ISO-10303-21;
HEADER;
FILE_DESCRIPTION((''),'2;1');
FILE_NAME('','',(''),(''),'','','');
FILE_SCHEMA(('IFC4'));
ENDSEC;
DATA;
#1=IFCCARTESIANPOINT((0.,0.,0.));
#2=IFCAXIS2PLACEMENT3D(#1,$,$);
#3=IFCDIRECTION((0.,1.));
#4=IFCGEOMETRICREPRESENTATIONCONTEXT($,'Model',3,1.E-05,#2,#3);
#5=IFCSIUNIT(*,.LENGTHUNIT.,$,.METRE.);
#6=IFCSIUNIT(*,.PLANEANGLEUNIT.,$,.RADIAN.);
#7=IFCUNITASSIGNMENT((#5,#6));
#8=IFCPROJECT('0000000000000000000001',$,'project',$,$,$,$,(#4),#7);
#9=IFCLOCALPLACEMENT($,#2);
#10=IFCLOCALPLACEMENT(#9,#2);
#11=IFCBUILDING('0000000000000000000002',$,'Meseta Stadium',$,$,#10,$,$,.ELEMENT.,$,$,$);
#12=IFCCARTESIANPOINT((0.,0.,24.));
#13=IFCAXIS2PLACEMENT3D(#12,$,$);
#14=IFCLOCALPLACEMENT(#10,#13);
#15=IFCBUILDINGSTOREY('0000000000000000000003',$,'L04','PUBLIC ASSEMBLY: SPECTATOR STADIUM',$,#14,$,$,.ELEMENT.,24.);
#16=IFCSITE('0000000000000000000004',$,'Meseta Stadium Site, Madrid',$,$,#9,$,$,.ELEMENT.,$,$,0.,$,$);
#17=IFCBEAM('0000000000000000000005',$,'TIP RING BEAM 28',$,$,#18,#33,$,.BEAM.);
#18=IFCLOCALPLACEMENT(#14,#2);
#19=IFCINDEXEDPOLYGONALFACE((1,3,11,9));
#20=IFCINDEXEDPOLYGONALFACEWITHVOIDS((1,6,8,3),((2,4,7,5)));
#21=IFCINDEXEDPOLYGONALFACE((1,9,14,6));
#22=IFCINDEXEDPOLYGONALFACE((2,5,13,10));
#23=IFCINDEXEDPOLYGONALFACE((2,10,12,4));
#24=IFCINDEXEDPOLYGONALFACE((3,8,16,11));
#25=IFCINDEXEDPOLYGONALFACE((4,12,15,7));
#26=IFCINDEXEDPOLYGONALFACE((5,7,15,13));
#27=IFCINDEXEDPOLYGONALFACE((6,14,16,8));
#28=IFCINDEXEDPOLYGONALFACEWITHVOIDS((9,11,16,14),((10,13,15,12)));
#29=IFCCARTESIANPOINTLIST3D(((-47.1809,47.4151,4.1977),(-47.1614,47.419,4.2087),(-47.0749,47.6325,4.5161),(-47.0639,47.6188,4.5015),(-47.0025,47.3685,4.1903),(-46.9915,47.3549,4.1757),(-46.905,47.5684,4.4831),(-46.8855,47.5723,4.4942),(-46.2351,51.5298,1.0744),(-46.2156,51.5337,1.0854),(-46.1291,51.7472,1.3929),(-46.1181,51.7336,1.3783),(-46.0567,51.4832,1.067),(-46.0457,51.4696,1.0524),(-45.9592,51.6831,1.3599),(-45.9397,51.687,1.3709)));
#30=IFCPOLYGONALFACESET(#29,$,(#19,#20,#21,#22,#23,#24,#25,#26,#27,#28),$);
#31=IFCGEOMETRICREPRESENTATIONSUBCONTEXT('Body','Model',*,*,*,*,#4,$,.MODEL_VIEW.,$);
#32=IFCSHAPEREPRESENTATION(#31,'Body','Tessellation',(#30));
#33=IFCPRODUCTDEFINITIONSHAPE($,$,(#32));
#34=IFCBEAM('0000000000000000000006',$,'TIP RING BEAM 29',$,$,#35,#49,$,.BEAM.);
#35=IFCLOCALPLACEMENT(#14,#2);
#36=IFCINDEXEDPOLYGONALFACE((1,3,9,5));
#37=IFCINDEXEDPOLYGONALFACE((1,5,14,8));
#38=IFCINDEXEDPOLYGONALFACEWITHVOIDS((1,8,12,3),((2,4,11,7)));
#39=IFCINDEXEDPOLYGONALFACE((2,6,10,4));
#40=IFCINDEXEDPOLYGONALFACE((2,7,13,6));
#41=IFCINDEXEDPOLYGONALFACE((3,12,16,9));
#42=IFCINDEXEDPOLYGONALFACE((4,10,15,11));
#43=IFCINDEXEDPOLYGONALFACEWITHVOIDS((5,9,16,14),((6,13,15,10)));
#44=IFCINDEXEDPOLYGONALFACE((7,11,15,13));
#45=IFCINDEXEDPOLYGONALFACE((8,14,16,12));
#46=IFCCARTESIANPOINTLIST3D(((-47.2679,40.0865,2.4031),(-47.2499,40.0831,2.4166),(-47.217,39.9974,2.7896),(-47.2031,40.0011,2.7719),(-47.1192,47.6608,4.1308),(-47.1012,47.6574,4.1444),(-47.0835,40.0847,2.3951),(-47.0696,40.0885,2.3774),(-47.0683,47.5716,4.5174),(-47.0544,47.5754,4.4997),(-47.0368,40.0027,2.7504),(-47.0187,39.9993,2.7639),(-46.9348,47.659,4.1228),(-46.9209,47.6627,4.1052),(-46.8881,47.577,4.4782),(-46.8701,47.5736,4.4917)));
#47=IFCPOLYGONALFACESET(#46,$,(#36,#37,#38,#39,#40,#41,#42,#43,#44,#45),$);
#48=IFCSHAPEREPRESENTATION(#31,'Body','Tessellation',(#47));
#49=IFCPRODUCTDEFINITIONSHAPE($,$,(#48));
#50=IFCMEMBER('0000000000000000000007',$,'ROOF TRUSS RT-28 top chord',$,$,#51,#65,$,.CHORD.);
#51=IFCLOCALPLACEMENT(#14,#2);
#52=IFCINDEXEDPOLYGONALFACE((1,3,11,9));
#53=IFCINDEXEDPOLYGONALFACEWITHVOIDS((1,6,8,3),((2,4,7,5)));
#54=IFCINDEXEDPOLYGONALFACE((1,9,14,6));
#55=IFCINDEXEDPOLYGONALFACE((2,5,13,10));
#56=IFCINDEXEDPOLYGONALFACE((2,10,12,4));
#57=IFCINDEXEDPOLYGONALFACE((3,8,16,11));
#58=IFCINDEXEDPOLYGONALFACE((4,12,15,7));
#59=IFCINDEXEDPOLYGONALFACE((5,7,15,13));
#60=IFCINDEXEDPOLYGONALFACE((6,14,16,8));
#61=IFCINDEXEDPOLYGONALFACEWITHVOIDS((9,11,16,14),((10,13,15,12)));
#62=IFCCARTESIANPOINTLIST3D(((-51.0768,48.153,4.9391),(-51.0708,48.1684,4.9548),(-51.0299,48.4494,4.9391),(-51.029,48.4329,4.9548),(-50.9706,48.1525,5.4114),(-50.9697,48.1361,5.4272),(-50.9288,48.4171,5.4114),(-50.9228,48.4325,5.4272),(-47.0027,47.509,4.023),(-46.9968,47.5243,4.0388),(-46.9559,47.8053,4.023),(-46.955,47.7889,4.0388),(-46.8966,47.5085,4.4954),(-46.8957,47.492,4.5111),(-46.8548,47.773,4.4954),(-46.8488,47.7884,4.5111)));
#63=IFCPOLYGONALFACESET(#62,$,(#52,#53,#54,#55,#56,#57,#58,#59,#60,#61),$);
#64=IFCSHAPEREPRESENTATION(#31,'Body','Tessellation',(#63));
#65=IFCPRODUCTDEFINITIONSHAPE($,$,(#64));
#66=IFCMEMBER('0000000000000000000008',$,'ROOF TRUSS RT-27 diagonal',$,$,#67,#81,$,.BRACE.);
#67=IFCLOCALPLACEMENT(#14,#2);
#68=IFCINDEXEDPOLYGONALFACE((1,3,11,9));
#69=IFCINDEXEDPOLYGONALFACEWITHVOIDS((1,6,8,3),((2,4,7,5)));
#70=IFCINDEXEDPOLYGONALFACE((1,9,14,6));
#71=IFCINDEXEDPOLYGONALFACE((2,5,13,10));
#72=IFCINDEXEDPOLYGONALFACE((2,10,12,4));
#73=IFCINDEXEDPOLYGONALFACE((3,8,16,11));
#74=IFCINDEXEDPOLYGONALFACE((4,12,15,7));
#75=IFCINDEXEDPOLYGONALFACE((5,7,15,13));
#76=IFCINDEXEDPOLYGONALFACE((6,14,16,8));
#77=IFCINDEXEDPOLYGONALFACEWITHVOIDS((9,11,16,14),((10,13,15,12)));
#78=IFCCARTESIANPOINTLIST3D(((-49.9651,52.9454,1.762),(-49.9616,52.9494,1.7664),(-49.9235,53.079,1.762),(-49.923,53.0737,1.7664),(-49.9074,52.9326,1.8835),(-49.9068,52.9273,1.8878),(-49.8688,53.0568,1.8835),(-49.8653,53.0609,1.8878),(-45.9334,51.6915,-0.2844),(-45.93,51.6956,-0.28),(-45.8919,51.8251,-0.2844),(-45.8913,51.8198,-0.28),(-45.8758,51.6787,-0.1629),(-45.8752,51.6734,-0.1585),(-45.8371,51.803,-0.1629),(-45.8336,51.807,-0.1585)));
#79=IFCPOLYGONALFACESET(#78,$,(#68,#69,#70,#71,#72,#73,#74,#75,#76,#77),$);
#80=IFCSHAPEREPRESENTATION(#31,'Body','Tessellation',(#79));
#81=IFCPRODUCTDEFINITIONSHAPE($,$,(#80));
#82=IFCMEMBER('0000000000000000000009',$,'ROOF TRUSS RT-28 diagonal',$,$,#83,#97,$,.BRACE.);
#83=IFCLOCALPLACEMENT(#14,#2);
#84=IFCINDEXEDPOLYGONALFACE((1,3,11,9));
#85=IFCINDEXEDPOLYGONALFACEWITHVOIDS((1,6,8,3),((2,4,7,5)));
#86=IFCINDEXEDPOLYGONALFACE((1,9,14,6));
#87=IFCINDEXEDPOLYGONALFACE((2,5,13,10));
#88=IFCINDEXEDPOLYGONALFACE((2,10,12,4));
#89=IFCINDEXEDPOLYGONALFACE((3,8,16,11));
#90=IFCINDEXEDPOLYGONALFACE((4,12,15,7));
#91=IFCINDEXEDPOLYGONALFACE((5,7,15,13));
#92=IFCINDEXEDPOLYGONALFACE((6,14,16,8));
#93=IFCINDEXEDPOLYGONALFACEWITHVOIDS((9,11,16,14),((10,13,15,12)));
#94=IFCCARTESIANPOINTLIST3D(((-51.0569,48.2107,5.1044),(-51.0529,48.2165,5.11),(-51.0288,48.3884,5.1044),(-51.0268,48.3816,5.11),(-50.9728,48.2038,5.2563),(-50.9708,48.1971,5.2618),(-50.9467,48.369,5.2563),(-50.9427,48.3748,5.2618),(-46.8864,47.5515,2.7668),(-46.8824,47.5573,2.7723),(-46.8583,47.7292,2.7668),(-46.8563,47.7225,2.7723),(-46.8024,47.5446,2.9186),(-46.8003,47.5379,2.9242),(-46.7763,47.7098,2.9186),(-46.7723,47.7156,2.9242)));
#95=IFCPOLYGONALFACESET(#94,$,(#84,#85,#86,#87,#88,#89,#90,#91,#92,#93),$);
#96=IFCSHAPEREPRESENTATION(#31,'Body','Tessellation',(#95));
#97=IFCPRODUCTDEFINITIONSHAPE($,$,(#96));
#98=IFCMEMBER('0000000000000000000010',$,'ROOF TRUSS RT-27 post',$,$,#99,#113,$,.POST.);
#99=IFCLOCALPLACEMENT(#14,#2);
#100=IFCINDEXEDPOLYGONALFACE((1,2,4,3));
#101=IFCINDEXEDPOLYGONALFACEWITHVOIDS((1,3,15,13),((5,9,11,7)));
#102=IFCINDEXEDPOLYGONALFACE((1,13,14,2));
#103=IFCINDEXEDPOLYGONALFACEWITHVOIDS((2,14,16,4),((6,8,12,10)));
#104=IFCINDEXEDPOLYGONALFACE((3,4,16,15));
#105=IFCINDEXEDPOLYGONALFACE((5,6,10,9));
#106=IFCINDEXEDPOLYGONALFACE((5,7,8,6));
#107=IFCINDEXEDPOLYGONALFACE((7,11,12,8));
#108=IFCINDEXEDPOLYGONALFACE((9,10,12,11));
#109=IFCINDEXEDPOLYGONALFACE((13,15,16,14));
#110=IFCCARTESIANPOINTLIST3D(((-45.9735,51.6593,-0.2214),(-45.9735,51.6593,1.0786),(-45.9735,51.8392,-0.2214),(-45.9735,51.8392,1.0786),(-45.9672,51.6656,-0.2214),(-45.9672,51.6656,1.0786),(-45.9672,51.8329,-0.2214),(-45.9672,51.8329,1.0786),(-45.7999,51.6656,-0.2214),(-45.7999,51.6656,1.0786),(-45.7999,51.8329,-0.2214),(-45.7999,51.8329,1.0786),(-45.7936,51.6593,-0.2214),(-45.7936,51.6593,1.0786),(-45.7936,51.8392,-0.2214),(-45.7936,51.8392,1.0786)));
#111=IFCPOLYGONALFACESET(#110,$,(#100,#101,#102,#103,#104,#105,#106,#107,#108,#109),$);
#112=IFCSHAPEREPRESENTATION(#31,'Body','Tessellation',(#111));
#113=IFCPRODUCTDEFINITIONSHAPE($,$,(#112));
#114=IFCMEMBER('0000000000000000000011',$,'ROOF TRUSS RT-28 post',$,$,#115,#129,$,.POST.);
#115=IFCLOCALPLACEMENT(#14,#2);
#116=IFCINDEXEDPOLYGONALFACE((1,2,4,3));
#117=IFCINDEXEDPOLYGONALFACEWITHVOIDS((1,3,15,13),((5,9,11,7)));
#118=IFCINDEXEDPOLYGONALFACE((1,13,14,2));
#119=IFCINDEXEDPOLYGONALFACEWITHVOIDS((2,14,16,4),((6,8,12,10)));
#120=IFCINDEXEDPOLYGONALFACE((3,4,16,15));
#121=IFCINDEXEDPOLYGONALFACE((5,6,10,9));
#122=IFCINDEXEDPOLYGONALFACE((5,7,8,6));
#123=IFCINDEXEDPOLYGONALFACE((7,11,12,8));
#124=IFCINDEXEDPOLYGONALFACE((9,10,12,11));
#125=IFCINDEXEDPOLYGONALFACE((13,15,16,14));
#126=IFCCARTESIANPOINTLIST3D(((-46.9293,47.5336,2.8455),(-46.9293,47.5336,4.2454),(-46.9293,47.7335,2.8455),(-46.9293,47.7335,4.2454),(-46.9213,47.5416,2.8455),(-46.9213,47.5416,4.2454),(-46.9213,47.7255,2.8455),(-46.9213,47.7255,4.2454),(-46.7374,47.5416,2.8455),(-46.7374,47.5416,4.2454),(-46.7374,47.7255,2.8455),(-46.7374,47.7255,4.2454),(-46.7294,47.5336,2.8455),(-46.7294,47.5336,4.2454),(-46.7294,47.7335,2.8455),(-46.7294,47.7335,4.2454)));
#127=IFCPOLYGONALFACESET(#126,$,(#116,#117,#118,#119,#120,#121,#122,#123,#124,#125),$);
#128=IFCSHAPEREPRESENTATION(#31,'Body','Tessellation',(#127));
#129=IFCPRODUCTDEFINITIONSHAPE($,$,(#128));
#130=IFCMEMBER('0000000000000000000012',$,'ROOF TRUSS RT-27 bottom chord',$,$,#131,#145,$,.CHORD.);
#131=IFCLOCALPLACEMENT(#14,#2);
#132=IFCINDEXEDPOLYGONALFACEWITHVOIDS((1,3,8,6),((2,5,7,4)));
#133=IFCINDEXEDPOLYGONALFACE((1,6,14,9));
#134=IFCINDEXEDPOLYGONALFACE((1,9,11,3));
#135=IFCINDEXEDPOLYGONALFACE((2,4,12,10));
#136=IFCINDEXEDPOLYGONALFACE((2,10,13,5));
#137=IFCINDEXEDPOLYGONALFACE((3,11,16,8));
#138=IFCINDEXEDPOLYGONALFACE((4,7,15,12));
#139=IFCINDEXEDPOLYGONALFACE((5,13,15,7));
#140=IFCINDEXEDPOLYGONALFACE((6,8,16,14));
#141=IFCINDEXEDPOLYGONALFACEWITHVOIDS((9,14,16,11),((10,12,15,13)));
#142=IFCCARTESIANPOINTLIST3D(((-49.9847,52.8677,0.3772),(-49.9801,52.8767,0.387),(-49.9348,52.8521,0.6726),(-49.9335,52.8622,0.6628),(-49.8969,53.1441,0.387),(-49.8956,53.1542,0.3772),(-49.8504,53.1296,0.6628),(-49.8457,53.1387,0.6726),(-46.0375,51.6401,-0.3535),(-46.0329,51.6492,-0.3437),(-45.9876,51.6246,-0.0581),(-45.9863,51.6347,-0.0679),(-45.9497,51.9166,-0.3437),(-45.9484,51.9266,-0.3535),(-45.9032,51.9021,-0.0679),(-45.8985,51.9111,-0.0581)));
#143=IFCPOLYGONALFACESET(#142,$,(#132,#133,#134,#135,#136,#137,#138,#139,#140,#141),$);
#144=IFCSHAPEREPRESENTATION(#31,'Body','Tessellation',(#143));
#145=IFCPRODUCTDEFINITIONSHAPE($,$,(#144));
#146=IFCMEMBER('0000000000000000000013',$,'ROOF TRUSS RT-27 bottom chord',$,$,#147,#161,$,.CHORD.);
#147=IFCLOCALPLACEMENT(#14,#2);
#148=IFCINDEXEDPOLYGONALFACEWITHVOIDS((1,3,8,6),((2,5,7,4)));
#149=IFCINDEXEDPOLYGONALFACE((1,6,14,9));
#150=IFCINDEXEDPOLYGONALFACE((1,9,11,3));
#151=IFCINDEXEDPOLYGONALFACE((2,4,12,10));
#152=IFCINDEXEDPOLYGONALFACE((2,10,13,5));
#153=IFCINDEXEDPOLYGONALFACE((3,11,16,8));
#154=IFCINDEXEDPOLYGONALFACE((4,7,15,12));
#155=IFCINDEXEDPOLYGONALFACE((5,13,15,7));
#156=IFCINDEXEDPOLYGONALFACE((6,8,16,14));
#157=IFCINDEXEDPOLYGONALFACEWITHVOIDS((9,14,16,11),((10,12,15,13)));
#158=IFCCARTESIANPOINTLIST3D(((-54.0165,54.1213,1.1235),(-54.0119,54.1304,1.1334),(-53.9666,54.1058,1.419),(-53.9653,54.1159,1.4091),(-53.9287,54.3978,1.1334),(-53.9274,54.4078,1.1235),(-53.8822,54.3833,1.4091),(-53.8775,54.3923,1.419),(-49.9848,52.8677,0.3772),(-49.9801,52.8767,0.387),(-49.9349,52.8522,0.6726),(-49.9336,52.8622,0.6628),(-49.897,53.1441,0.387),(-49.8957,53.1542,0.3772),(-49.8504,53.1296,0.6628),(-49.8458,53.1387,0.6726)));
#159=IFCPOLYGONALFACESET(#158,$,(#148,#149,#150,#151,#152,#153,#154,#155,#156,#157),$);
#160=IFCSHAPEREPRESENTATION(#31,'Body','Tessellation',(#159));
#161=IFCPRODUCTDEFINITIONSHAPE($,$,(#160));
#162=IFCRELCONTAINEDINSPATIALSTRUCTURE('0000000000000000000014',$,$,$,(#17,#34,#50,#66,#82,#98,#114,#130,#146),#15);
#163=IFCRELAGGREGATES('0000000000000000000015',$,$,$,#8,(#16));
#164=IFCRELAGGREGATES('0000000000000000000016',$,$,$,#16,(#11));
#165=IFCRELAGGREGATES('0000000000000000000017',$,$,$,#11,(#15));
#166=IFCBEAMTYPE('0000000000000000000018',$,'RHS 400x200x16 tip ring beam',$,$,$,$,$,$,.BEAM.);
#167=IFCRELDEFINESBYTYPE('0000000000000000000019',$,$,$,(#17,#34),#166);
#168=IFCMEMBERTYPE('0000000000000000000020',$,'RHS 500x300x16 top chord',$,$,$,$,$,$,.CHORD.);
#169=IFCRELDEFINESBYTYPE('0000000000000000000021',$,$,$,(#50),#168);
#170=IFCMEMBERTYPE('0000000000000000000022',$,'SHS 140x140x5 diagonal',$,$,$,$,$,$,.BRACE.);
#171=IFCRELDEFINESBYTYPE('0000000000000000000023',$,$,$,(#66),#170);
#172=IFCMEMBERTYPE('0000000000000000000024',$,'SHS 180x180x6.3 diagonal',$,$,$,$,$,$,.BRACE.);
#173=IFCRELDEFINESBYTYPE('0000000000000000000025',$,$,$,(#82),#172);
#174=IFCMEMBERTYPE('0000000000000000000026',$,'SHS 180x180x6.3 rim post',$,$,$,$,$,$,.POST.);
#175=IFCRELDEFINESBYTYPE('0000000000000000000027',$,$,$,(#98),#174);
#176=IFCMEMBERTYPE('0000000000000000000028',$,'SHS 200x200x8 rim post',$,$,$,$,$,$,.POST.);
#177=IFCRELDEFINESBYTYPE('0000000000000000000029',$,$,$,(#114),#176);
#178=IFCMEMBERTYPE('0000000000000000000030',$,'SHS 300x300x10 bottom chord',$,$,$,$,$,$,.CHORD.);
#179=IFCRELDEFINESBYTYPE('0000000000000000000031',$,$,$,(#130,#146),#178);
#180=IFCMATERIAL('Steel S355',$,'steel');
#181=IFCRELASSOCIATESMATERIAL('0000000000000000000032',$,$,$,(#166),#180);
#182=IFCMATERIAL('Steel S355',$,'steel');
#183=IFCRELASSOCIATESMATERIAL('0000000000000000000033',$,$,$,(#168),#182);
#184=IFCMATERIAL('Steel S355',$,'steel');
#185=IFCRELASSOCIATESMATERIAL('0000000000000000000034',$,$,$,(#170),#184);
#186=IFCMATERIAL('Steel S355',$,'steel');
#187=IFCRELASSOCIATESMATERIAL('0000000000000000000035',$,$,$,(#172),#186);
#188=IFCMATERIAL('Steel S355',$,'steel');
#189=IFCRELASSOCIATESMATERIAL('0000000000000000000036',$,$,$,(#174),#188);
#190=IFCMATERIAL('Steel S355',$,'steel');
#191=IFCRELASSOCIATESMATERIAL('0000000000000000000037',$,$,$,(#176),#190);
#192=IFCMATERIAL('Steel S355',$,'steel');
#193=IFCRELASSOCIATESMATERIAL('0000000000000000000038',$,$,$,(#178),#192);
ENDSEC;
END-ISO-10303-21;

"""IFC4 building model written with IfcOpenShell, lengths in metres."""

from ifc_helpers import new_model, si_unit, direction, frame, origin, origin_2d, place, context, subcontext, project, spatial, hollow_rectangle, extrude, material, material_profile, profile_set, type_object, element, save


model = new_model("IFC4")

# Units and contexts
model_context = context("Model", 3, precision=1e-05, world=origin(), true_north=direction((0.0, 1.0)))
body_context = subcontext(model_context, "Body", "Model", "MODEL_VIEW")
ifc_project = project(units=[si_unit("LENGTHUNIT", "METRE"), si_unit("PLANEANGLEUNIT", "RADIAN")], contexts=[model_context])

# Site, building, storey
site_placement = place(None, origin())
site = spatial("IfcSite", under=ifc_project, at=site_placement, Name="Meseta Stadium Site, Madrid", CompositionType="ELEMENT", RefElevation=0.0)
building_placement = place(site_placement, origin())
building = spatial("IfcBuilding", under=site, at=building_placement, Name="Meseta Stadium", CompositionType="ELEMENT")
storey_placement = place(building_placement, frame((0.0, 0.0, 24.0)))
storey = spatial("IfcBuildingStorey", under=building, at=storey_placement, Name="L04", Description="PUBLIC ASSEMBLY: SPECTATOR STADIUM", CompositionType="ELEMENT", Elevation=24.0)

# Beams
ifc_material_1 = material(Name="Steel S355", Category="steel")
ifc_material_profile_1 = material_profile(ifc_material_1, hollow_rectangle(XDim=0.2, YDim=0.3999, WallThickness=0.0161, at=origin_2d()), Name="RHS 400x200x16")
ifc_profile_set_1 = profile_set([ifc_material_profile_1], Name="Steel S355")
beam_type = type_object("IfcBeamType", Name="RHS 400x200x16 tip ring beam", PredefinedType="BEAM", material=ifc_profile_set_1)
beam_1_placement = place(storey_placement, frame((-46.0874, 51.6084, 1.2227), z_axis=(-0.180093, -0.783504, 0.594717), x_axis=(0.94729, -0.30101, -0.109702)))
element("IfcBeam", 1, at=beam_1_placement, inside=storey, type_object=beam_type, Name="TIP RING BEAM 28", PredefinedType="BEAM", context=body_context, shape_type="SweptSolid", body=[
    extrude(hollow_rectangle(XDim=0.2, YDim=0.3999, WallThickness=0.0161, at=origin_2d()), origin(), (0.0, 0.0, 1.0), 5.2517),
])
beam_2_placement = place(storey_placement, frame((-46.9946, 47.6172, 4.3113), z_axis=(-0.019135, -0.974777, -0.22236), x_axis=(0.991697, 0.009782, -0.128222)))
element("IfcBeam", 2, at=beam_2_placement, inside=storey, type_object=beam_type, Name="TIP RING BEAM 29", PredefinedType="BEAM", context=body_context, shape_type="SweptSolid", body=[
    extrude(hollow_rectangle(XDim=0.2, YDim=0.3999, WallThickness=0.0161, at=origin_2d()), origin(), (0.0, 0.0, 1.0), 7.7703),
])

# Members
ifc_material_2 = material(Name="Steel S355", Category="steel")
ifc_material_profile_2 = material_profile(ifc_material_2, hollow_rectangle(XDim=0.3, YDim=0.5, WallThickness=0.0161, at=origin_2d()), Name="RHS 500x300x16")
ifc_profile_set_2 = profile_set([ifc_material_profile_2], Name="Steel S355")
member_type_1 = type_object("IfcMemberType", Name="RHS 500x300x16 top chord", PredefinedType="CHORD", material=ifc_profile_set_2)
member_1_placement = place(storey_placement, frame((-46.9258, 47.6487, 4.2671), z_axis=(-0.96424, 0.152434, 0.216805), x_axis=(-0.156148, -0.987734, 0.0)))
element("IfcMember", 3, at=member_1_placement, inside=storey, type_object=member_type_1, Name="ROOF TRUSS RT-28 top chord", PredefinedType="CHORD", context=body_context, shape_type="SweptSolid", body=[
    extrude(hollow_rectangle(XDim=0.3, YDim=0.5, WallThickness=0.0161, at=origin_2d()), origin(), (0.0, 0.0, 1.0), 4.2251),
])
ifc_material_3 = material(Name="Steel S355", Category="steel")
ifc_material_profile_3 = material_profile(ifc_material_3, hollow_rectangle(XDim=0.1399, YDim=0.1399, WallThickness=0.0049, at=origin_2d()), Name="SHS 140x140x5")
ifc_profile_set_3 = profile_set([ifc_material_profile_3], Name="Steel S355")
member_type_2 = type_object("IfcMemberType", Name="SHS 140x140x5 diagonal", PredefinedType="BRACE", material=ifc_profile_set_3)
member_2_placement = place(storey_placement, frame((-45.8835, 51.7493, -0.2214), z_axis=(-0.859279, 0.267243, 0.436144), x_axis=(-0.296978, -0.954884, 0.0)))
element("IfcMember", 4, at=member_2_placement, inside=storey, type_object=member_type_2, Name="ROOF TRUSS RT-27 diagonal", PredefinedType="BRACE", context=body_context, shape_type="SweptSolid", body=[
    extrude(hollow_rectangle(XDim=0.1399, YDim=0.1399, WallThickness=0.0049, at=origin_2d()), origin(), (0.0, 0.0, 1.0), 4.6919),
])
ifc_material_4 = material(Name="Steel S355", Category="steel")
ifc_material_profile_4 = material_profile(ifc_material_4, hollow_rectangle(XDim=0.1799, YDim=0.1799, WallThickness=0.0063, at=origin_2d()), Name="SHS 180x180x6.3")
ifc_profile_set_4 = profile_set([ifc_material_profile_4], Name="Steel S355")
member_type_3 = type_object("IfcMemberType", Name="SHS 180x180x6.3 diagonal", PredefinedType="BRACE", material=ifc_profile_set_4)
member_3_placement = place(storey_placement, frame((-46.8293, 47.6335, 2.8455), z_axis=(-0.864133, 0.136586, 0.484374), x_axis=(-0.156123, -0.987738, 0.0)))
element("IfcMember", 5, at=member_3_placement, inside=storey, type_object=member_type_3, Name="ROOF TRUSS RT-28 diagonal", PredefinedType="BRACE", context=body_context, shape_type="SweptSolid", body=[
    extrude(hollow_rectangle(XDim=0.1799, YDim=0.1799, WallThickness=0.0063, at=origin_2d()), origin(), (0.0, 0.0, 1.0), 4.8262),
])
ifc_material_5 = material(Name="Steel S355", Category="steel")
ifc_material_profile_5 = material_profile(ifc_material_5, hollow_rectangle(XDim=0.1799, YDim=0.1799, WallThickness=0.0063, at=origin_2d()), Name="SHS 180x180x6.3")
ifc_profile_set_5 = profile_set([ifc_material_profile_5], Name="Steel S355")
member_type_4 = type_object("IfcMemberType", Name="SHS 180x180x6.3 rim post", PredefinedType="POST", material=ifc_profile_set_5)
member_4_placement = place(storey_placement, frame((-45.8835, 51.7493, -0.2214), z_axis=(0.0, 0.0, 1.0), x_axis=(1.0, 0.0, 0.0)))
element("IfcMember", 6, at=member_4_placement, inside=storey, type_object=member_type_4, Name="ROOF TRUSS RT-27 post", PredefinedType="POST", context=body_context, shape_type="SweptSolid", body=[
    extrude(hollow_rectangle(XDim=0.1799, YDim=0.1799, WallThickness=0.0063, at=origin_2d()), origin(), (0.0, 0.0, 1.0), 1.3),
])
ifc_material_6 = material(Name="Steel S355", Category="steel")
ifc_material_profile_6 = material_profile(ifc_material_6, hollow_rectangle(XDim=0.2, YDim=0.2, WallThickness=0.0081, at=origin_2d()), Name="SHS 200x200x8")
ifc_profile_set_6 = profile_set([ifc_material_profile_6], Name="Steel S355")
member_type_5 = type_object("IfcMemberType", Name="SHS 200x200x8 rim post", PredefinedType="POST", material=ifc_profile_set_6)
member_5_placement = place(storey_placement, frame((-46.8293, 47.6335, 2.8455), z_axis=(0.0, 0.0, 1.0), x_axis=(1.0, 0.0, 0.0)))
element("IfcMember", 7, at=member_5_placement, inside=storey, type_object=member_type_5, Name="ROOF TRUSS RT-28 post", PredefinedType="POST", context=body_context, shape_type="SweptSolid", body=[
    extrude(hollow_rectangle(XDim=0.2, YDim=0.2, WallThickness=0.0081, at=origin_2d()), origin(), (0.0, 0.0, 1.0), 1.3999),
])
ifc_material_7 = material(Name="Steel S355", Category="steel")
ifc_material_profile_7 = material_profile(ifc_material_7, hollow_rectangle(XDim=0.3, YDim=0.3, WallThickness=0.01, at=origin_2d()), Name="SHS 300x300x10")
ifc_profile_set_7 = profile_set([ifc_material_profile_7], Name="Steel S355")
member_type_6 = type_object("IfcMemberType", Name="SHS 300x300x10 bottom chord", PredefinedType="CHORD", material=ifc_profile_set_7)
member_6_placement = place(storey_placement, frame((-45.968, 51.7756, -0.2058), z_axis=(-0.940313, 0.292423, 0.17407), x_axis=(-0.296956, -0.954891, 0.0)))
element("IfcMember", 8, at=member_6_placement, inside=storey, type_object=member_type_6, Name="ROOF TRUSS RT-27 bottom chord", PredefinedType="CHORD", context=body_context, shape_type="SweptSolid", body=[
    extrude(hollow_rectangle(XDim=0.3, YDim=0.3, WallThickness=0.01, at=origin_2d()), origin(), (0.0, 0.0, 1.0), 4.1978),
])
member_7_placement = place(storey_placement, frame((-49.9153, 53.0032, 0.5249), z_axis=(-0.940323, 0.292392, 0.174068), x_axis=(-0.296925, -0.954901, 0.0)))
element("IfcMember", 9, at=member_7_placement, inside=storey, type_object=member_type_6, Name="ROOF TRUSS RT-27 bottom chord", PredefinedType="CHORD", context=body_context, shape_type="SweptSolid", body=[
    extrude(hollow_rectangle(XDim=0.3, YDim=0.3, WallThickness=0.01, at=origin_2d()), origin(), (0.0, 0.0, 1.0), 4.2876),
])

save(model, "model.ifc")
